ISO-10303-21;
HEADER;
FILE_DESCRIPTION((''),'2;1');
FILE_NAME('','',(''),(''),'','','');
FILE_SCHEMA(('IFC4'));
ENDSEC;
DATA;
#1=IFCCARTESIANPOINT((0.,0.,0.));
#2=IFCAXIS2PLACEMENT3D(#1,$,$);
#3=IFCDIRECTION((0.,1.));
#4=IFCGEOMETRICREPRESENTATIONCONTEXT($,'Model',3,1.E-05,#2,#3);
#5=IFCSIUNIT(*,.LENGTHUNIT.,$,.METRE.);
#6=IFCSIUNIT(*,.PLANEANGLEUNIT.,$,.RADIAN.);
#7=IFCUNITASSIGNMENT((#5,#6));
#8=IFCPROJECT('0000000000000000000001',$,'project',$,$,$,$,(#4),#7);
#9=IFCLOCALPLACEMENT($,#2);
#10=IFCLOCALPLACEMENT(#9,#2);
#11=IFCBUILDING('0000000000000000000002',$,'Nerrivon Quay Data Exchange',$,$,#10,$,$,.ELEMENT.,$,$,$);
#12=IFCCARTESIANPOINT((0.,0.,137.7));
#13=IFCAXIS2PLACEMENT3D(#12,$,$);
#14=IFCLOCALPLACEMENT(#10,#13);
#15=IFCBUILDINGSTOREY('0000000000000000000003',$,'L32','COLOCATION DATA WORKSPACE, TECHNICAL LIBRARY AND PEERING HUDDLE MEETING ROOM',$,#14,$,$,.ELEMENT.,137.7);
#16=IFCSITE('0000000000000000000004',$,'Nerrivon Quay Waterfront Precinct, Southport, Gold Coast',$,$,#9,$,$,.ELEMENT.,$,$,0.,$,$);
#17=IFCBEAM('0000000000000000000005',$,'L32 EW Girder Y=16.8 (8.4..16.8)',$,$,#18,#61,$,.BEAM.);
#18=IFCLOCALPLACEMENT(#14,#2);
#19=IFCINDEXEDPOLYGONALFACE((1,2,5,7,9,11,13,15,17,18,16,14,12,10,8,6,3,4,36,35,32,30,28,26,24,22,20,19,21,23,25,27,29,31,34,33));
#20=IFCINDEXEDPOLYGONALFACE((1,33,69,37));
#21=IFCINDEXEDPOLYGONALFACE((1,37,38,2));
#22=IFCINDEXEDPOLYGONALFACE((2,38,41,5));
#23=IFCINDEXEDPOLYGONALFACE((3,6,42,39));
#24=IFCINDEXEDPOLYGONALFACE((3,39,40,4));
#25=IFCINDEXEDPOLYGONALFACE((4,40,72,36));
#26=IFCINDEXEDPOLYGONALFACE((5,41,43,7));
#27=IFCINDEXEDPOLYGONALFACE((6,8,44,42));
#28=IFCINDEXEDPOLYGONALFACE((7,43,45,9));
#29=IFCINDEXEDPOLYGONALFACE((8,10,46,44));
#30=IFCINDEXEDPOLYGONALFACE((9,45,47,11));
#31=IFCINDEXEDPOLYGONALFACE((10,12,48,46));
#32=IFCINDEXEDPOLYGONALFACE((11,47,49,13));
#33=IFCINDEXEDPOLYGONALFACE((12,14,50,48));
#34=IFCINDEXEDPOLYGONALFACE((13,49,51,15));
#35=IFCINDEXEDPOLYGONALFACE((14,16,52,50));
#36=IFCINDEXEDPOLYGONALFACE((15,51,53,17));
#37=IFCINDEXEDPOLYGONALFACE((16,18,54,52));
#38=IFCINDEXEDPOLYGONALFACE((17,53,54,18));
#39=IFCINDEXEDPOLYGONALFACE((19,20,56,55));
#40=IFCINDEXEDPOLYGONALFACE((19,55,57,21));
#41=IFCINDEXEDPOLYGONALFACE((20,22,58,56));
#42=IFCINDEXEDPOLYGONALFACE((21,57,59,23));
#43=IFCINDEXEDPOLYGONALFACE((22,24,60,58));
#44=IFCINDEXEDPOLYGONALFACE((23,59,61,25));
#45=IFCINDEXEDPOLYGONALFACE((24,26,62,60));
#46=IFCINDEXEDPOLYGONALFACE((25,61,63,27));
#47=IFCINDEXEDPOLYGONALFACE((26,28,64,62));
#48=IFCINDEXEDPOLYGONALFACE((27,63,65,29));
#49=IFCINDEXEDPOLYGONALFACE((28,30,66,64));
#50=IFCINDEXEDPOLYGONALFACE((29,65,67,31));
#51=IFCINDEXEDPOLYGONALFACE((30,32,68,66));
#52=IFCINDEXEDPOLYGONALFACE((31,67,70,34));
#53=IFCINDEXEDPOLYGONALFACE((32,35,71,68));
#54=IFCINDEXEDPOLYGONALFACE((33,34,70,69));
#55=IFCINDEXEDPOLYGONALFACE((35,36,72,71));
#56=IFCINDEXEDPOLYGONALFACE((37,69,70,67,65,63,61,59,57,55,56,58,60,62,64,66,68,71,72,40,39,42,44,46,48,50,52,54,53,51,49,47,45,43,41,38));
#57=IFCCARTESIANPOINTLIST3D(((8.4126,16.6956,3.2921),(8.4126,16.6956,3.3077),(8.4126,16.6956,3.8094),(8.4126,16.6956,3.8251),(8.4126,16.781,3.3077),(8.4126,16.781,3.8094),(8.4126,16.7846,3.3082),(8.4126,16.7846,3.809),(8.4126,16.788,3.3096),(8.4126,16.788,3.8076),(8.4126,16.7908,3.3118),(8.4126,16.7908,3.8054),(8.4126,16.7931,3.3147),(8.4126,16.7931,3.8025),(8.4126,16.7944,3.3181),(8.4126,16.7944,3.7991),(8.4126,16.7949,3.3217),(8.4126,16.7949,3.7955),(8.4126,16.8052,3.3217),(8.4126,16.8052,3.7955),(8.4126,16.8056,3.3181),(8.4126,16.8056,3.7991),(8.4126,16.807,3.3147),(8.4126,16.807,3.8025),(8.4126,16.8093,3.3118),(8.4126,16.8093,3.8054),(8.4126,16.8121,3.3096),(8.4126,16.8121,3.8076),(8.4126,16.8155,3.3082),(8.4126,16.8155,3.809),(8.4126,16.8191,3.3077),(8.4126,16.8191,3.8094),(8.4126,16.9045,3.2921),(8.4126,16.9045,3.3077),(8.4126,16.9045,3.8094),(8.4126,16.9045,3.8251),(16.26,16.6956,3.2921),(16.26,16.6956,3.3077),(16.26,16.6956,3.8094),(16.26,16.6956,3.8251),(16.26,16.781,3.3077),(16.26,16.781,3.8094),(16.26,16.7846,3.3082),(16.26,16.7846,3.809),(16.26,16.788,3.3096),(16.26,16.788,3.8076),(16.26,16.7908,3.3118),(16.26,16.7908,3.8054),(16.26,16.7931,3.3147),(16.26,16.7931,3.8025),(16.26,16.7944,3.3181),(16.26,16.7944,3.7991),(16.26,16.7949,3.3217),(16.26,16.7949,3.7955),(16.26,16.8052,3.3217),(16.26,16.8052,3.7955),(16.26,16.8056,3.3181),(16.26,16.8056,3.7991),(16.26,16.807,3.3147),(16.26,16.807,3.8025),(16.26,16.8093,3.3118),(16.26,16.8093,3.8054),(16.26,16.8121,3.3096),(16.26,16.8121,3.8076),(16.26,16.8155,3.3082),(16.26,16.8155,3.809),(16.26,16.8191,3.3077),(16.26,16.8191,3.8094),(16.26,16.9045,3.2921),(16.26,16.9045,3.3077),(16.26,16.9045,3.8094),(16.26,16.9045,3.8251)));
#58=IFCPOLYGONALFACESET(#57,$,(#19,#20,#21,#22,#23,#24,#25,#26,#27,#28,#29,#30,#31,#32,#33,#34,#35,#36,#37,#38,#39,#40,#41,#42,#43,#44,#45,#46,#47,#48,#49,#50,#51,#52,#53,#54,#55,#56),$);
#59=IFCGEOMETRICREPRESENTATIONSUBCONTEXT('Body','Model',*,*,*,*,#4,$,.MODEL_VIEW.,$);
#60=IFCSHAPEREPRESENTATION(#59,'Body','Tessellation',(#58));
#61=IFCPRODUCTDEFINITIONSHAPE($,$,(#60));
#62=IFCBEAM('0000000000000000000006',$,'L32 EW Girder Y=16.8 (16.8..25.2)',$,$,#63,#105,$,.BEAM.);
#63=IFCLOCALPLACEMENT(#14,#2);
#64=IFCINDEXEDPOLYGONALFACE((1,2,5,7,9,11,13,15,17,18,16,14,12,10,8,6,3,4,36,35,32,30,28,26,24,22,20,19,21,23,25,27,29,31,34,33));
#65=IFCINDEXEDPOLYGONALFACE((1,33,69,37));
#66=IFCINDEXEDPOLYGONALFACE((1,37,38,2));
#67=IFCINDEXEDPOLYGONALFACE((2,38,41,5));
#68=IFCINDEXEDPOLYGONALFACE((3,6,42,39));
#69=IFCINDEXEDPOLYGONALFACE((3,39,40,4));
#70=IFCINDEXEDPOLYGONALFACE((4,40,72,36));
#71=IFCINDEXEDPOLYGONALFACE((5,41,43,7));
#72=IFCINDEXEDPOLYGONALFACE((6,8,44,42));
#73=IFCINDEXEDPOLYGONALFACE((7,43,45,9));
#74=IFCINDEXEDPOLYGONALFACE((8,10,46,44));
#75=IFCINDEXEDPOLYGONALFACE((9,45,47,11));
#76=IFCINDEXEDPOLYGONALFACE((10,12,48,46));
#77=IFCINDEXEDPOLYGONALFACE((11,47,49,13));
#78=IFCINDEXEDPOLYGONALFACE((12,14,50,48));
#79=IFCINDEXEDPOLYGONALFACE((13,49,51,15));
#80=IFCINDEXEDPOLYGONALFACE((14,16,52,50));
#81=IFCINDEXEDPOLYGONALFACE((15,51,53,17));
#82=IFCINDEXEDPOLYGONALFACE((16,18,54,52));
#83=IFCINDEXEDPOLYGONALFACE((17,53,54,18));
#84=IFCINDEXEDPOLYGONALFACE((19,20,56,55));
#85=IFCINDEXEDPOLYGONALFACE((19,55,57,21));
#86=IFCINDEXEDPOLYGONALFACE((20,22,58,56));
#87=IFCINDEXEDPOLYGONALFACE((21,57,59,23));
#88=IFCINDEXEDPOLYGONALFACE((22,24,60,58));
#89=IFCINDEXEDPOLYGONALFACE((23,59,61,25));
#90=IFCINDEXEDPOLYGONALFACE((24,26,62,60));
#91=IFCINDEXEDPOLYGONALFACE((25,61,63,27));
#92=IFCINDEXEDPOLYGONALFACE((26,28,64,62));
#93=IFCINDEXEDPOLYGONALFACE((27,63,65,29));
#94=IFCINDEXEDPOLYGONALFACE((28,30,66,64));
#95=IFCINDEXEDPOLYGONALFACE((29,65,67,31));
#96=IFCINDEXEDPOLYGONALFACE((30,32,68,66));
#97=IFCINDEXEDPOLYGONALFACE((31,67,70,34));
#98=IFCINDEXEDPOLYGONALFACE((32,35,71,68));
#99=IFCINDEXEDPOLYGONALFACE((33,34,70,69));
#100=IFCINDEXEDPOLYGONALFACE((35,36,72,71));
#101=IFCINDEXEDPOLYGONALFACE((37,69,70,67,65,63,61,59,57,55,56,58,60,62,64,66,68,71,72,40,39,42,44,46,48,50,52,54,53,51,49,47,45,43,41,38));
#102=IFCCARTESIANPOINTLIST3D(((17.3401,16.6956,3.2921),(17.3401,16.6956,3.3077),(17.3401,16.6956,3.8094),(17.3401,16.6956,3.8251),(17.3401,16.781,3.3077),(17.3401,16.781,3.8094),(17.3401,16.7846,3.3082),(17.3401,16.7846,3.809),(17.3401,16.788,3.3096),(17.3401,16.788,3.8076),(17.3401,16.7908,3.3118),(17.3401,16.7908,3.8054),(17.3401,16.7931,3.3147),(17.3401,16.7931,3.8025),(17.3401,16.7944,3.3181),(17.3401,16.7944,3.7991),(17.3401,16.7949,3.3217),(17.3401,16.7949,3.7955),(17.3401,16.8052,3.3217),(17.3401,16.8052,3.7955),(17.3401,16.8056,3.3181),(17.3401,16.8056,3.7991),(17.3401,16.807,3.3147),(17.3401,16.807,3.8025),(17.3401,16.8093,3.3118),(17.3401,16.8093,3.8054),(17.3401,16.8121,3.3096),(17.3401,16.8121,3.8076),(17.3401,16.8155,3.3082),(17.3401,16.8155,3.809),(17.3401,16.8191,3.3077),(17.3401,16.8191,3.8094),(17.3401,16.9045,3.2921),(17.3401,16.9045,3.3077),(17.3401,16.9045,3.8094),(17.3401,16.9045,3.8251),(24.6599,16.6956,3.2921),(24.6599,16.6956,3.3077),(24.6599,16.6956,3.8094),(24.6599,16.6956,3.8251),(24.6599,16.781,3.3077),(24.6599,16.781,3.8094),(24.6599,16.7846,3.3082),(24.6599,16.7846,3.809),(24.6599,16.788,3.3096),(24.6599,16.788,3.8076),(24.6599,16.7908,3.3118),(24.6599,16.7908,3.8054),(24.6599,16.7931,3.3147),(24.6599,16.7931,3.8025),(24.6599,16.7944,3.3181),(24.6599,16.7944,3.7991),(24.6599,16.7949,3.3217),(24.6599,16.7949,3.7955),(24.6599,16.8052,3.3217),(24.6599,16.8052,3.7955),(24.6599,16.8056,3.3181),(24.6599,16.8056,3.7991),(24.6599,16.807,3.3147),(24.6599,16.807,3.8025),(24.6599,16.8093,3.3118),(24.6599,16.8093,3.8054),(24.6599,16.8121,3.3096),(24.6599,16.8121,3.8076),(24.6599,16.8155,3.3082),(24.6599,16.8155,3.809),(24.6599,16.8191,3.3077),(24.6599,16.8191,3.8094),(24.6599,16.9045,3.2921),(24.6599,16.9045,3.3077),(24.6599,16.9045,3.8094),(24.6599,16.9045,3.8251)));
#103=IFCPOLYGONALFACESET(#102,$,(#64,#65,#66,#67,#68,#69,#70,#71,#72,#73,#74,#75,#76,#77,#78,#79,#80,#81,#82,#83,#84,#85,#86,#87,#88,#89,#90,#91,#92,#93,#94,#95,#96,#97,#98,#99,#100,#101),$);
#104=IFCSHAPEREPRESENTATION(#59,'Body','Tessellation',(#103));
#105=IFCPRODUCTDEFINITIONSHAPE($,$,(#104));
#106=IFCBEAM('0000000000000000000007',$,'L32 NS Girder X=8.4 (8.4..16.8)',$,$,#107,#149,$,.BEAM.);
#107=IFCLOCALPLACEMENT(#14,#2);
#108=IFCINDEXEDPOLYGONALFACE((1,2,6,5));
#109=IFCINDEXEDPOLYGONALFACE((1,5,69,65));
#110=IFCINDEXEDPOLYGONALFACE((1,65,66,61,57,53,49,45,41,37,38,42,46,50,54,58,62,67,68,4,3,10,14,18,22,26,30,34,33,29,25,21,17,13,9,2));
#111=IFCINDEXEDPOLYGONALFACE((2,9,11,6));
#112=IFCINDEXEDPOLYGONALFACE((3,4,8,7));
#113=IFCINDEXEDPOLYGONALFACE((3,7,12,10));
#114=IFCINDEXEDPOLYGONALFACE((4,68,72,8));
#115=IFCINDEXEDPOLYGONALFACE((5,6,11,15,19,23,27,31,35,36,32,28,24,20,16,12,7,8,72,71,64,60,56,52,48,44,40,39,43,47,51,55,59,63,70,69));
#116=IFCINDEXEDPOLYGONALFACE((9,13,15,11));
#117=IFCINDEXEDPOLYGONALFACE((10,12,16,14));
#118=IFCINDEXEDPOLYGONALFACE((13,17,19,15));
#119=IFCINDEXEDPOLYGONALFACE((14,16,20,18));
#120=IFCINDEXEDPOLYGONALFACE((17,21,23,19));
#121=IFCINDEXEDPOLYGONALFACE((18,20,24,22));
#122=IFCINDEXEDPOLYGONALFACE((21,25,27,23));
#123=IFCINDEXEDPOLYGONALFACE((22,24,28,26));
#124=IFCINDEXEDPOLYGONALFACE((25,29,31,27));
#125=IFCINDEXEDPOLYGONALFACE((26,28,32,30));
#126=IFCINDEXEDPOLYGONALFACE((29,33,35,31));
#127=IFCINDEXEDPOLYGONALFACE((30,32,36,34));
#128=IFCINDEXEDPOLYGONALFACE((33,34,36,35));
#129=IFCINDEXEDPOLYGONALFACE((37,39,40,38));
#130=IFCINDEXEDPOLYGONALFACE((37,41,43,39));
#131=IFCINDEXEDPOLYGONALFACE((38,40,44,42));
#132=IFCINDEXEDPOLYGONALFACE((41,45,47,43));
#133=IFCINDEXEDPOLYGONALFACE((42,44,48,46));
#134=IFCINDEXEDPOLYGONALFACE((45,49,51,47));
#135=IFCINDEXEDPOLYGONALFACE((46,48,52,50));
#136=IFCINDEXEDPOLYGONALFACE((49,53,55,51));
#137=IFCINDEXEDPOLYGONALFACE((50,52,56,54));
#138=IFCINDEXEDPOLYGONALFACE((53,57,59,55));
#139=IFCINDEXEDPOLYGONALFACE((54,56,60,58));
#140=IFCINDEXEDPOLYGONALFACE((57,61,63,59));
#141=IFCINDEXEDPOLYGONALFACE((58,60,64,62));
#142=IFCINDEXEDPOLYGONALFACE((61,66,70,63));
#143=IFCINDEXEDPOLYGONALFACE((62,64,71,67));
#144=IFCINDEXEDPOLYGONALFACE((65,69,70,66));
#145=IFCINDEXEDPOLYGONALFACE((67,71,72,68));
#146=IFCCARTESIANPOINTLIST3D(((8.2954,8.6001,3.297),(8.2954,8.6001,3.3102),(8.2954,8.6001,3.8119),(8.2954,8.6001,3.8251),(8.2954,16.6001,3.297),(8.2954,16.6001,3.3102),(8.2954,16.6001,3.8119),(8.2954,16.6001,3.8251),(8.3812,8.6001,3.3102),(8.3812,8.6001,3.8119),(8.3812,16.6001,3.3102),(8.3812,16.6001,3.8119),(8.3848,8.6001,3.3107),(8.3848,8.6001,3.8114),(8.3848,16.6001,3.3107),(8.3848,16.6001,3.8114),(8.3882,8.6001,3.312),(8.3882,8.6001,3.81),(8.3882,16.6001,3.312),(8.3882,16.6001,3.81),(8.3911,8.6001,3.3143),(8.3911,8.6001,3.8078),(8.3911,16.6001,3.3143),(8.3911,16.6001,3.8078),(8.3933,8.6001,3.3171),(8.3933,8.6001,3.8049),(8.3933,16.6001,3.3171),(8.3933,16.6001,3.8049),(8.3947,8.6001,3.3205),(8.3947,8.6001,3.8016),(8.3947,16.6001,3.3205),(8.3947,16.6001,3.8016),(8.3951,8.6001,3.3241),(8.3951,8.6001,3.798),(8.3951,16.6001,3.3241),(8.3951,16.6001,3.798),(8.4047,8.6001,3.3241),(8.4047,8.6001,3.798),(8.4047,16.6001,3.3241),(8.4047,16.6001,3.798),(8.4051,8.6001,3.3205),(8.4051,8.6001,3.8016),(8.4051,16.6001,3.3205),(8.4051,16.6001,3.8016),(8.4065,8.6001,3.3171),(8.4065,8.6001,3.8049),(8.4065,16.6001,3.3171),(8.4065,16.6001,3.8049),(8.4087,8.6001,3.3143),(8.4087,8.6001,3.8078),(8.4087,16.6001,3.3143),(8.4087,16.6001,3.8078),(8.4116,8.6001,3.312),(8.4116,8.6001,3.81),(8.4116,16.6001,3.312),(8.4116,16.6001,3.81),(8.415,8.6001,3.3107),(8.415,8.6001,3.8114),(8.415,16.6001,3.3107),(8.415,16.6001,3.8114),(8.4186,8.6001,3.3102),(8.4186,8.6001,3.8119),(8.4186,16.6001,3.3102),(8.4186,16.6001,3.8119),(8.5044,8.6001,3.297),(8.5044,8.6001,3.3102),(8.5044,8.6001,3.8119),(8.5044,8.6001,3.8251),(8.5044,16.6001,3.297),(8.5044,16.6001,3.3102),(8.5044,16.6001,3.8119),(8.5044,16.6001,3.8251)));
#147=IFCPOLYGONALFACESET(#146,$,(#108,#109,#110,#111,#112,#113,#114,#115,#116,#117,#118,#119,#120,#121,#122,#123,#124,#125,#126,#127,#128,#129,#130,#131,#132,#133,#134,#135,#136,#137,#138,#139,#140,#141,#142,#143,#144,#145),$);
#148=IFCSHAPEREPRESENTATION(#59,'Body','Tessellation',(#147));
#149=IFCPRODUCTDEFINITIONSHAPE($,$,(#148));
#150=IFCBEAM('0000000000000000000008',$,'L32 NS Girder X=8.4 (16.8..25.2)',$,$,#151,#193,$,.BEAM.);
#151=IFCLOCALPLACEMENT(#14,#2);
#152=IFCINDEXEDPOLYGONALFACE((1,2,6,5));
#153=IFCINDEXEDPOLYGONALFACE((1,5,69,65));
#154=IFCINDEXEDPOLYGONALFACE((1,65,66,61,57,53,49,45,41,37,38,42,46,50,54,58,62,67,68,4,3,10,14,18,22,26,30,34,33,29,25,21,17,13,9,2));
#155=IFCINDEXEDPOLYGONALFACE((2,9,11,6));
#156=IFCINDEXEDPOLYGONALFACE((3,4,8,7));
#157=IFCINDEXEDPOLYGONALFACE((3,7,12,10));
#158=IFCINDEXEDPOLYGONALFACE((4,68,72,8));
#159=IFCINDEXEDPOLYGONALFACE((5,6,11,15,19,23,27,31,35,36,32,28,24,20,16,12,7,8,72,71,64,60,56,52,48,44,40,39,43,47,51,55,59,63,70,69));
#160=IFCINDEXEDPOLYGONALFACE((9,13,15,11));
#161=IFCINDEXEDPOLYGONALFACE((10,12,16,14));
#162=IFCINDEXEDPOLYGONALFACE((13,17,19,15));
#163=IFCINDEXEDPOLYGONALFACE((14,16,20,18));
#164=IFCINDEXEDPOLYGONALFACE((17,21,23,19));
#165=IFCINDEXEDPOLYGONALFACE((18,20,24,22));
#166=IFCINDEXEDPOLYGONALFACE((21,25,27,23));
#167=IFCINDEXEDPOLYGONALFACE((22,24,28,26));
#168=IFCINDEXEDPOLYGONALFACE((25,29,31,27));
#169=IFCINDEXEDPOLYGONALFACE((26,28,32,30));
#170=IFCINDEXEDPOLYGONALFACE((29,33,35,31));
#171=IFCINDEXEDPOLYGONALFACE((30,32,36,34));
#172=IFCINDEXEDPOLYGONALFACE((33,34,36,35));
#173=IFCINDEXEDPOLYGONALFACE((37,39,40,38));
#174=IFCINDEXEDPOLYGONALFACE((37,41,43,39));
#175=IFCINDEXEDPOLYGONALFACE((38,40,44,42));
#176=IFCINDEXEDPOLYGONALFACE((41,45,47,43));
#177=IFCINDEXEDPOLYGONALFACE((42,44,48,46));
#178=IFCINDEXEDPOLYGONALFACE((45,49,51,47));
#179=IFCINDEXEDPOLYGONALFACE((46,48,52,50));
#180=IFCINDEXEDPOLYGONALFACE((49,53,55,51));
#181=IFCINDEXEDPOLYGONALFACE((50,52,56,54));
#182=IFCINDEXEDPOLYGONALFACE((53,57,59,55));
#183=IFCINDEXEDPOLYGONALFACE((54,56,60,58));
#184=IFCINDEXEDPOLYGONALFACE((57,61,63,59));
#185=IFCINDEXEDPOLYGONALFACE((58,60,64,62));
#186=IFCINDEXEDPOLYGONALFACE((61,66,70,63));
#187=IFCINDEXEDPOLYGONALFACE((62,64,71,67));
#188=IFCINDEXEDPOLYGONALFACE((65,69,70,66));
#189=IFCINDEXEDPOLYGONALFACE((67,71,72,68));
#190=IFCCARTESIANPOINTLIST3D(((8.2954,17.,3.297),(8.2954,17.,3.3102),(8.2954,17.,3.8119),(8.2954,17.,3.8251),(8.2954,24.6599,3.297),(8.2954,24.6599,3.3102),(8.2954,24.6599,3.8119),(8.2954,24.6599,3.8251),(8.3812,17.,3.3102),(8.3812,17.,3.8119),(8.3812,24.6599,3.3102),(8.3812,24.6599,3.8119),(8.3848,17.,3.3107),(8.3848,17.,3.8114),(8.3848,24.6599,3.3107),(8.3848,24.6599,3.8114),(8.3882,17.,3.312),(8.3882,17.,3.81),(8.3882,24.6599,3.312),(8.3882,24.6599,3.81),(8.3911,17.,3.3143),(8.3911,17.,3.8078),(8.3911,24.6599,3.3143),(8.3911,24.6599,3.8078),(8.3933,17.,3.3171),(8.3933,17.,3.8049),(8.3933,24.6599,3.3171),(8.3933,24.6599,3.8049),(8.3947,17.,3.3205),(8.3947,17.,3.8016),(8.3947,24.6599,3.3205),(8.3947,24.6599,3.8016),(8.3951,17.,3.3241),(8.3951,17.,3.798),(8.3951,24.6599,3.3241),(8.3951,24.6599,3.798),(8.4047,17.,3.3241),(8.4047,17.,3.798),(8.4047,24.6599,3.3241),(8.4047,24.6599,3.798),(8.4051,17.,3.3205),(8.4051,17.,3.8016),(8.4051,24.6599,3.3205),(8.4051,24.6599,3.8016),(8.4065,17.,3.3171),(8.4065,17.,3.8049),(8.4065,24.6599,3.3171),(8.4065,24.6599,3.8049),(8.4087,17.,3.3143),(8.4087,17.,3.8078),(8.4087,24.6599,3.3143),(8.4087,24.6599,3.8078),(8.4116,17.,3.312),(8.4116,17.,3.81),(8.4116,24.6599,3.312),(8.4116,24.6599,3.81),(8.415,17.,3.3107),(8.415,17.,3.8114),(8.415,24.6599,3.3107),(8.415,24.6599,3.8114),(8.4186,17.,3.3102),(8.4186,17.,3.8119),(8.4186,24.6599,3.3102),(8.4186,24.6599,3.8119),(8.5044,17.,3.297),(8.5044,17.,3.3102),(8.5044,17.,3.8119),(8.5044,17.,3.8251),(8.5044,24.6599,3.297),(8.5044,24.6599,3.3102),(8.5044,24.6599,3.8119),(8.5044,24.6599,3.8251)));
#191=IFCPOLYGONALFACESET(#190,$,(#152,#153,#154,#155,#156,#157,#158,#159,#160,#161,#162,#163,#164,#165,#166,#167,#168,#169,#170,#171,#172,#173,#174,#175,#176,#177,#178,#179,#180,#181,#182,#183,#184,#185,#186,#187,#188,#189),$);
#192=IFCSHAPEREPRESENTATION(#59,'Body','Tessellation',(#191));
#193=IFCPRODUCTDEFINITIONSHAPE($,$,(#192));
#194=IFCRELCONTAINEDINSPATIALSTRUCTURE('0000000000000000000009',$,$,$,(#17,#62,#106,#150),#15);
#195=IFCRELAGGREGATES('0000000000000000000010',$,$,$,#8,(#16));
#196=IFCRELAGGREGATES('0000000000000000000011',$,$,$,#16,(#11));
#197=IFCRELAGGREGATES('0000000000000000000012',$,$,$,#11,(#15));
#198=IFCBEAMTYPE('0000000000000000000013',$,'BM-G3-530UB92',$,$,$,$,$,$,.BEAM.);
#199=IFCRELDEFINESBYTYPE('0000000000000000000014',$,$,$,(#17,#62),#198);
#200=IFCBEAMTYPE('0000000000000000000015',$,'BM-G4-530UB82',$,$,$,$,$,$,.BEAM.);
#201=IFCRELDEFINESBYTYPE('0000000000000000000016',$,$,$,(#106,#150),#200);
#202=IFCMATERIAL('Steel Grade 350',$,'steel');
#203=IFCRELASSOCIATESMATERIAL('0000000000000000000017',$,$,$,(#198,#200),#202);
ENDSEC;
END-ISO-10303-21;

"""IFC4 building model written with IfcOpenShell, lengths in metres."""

from ifc_helpers import new_model, si_unit, direction, frame, origin, origin_2d, place, context, subcontext, project, spatial, i_section, extrude, material, material_profile, profile_set, type_object, element, save


model = new_model("IFC4")

# Units and contexts
model_context = context("Model", 3, precision=1e-05, world=origin(), true_north=direction((0.0, 1.0)))
body_context = subcontext(model_context, "Body", "Model", "MODEL_VIEW")
ifc_project = project(units=[si_unit("LENGTHUNIT", "METRE"), si_unit("PLANEANGLEUNIT", "RADIAN")], contexts=[model_context])

# Site, building, storey
site_placement = place(None, origin())
site = spatial("IfcSite", under=ifc_project, at=site_placement, Name="Nerrivon Quay Waterfront Precinct, Southport, Gold Coast", CompositionType="ELEMENT", RefElevation=0.0)
building_placement = place(site_placement, origin())
building = spatial("IfcBuilding", under=site, at=building_placement, Name="Nerrivon Quay Data Exchange", CompositionType="ELEMENT")
storey_placement = place(building_placement, frame((0.0, 0.0, 137.7)))
storey = spatial("IfcBuildingStorey", under=building, at=storey_placement, Name="L32", Description="COLOCATION DATA WORKSPACE, TECHNICAL LIBRARY AND PEERING HUDDLE MEETING ROOM", CompositionType="ELEMENT", Elevation=137.7)

# Shared definitions
ifc_material_1 = material(Name="Steel Grade 350", Category="steel")

# Beams
ifc_material_profile_1 = material_profile(ifc_material_1, i_section(OverallWidth=0.209, OverallDepth=0.533, WebThickness=0.0103, FlangeThickness=0.0156, FilletRadius=0.0139, at=origin_2d()), Name="530UB92.4")
ifc_profile_set_1 = profile_set([ifc_material_profile_1], Name="Steel Grade 350")
beam_type_1 = type_object("IfcBeamType", Name="BM-G3-530UB92", PredefinedType="BEAM", material=ifc_profile_set_1)
beam_1_placement = place(storey_placement, frame((8.4126, 16.8, 3.5586), z_axis=(1.0, 0.0, 0.0), x_axis=(0.0, 1.0, 0.0)))
element("IfcBeam", 1, at=beam_1_placement, inside=storey, type_object=beam_type_1, Name="L32 EW Girder Y=16.8 (8.4..16.8)", PredefinedType="BEAM", context=body_context, shape_type="SweptSolid", body=[
    extrude(i_section(OverallWidth=0.209, OverallDepth=0.533, WebThickness=0.0103, FlangeThickness=0.0156, FilletRadius=0.0139, at=origin_2d()), origin(), (0.0, 0.0, 1.0), 7.8474),
])
beam_2_placement = place(storey_placement, frame((17.3401, 16.8, 3.5586), z_axis=(1.0, 0.0, 0.0), x_axis=(0.0, 1.0, 0.0)))
element("IfcBeam", 2, at=beam_2_placement, inside=storey, type_object=beam_type_1, Name="L32 EW Girder Y=16.8 (16.8..25.2)", PredefinedType="BEAM", context=body_context, shape_type="SweptSolid", body=[
    extrude(i_section(OverallWidth=0.209, OverallDepth=0.533, WebThickness=0.0103, FlangeThickness=0.0156, FilletRadius=0.0139, at=origin_2d()), origin(), (0.0, 0.0, 1.0), 7.3198),
])
ifc_material_profile_2 = material_profile(ifc_material_1, i_section(OverallWidth=0.209, OverallDepth=0.5281, WebThickness=0.0095, FlangeThickness=0.0132, FilletRadius=0.0139, at=origin_2d()), Name="530UB82.0")
ifc_profile_set_2 = profile_set([ifc_material_profile_2], Name="Steel Grade 350")
beam_type_2 = type_object("IfcBeamType", Name="BM-G4-530UB82", PredefinedType="BEAM", material=ifc_profile_set_2)
beam_3_placement = place(storey_placement, frame((8.3999, 8.6001, 3.561), z_axis=(0.0, 1.0, 0.0), x_axis=(-1.0, 0.0, 0.0)))
element("IfcBeam", 3, at=beam_3_placement, inside=storey, type_object=beam_type_2, Name="L32 NS Girder X=8.4 (8.4..16.8)", PredefinedType="BEAM", context=body_context, shape_type="SweptSolid", body=[
    extrude(i_section(OverallWidth=0.209, OverallDepth=0.5281, WebThickness=0.0095, FlangeThickness=0.0132, FilletRadius=0.0139, at=origin_2d()), origin(), (0.0, 0.0, 1.0), 8.0),
])
beam_4_placement = place(storey_placement, frame((8.3999, 17.0, 3.561), z_axis=(0.0, 1.0, 0.0), x_axis=(-1.0, 0.0, 0.0)))
element("IfcBeam", 4, at=beam_4_placement, inside=storey, type_object=beam_type_2, Name="L32 NS Girder X=8.4 (16.8..25.2)", PredefinedType="BEAM", context=body_context, shape_type="SweptSolid", body=[
    extrude(i_section(OverallWidth=0.209, OverallDepth=0.5281, WebThickness=0.0095, FlangeThickness=0.0132, FilletRadius=0.0139, at=origin_2d()), origin(), (0.0, 0.0, 1.0), 7.6599),
])

save(model, "model.ifc")
